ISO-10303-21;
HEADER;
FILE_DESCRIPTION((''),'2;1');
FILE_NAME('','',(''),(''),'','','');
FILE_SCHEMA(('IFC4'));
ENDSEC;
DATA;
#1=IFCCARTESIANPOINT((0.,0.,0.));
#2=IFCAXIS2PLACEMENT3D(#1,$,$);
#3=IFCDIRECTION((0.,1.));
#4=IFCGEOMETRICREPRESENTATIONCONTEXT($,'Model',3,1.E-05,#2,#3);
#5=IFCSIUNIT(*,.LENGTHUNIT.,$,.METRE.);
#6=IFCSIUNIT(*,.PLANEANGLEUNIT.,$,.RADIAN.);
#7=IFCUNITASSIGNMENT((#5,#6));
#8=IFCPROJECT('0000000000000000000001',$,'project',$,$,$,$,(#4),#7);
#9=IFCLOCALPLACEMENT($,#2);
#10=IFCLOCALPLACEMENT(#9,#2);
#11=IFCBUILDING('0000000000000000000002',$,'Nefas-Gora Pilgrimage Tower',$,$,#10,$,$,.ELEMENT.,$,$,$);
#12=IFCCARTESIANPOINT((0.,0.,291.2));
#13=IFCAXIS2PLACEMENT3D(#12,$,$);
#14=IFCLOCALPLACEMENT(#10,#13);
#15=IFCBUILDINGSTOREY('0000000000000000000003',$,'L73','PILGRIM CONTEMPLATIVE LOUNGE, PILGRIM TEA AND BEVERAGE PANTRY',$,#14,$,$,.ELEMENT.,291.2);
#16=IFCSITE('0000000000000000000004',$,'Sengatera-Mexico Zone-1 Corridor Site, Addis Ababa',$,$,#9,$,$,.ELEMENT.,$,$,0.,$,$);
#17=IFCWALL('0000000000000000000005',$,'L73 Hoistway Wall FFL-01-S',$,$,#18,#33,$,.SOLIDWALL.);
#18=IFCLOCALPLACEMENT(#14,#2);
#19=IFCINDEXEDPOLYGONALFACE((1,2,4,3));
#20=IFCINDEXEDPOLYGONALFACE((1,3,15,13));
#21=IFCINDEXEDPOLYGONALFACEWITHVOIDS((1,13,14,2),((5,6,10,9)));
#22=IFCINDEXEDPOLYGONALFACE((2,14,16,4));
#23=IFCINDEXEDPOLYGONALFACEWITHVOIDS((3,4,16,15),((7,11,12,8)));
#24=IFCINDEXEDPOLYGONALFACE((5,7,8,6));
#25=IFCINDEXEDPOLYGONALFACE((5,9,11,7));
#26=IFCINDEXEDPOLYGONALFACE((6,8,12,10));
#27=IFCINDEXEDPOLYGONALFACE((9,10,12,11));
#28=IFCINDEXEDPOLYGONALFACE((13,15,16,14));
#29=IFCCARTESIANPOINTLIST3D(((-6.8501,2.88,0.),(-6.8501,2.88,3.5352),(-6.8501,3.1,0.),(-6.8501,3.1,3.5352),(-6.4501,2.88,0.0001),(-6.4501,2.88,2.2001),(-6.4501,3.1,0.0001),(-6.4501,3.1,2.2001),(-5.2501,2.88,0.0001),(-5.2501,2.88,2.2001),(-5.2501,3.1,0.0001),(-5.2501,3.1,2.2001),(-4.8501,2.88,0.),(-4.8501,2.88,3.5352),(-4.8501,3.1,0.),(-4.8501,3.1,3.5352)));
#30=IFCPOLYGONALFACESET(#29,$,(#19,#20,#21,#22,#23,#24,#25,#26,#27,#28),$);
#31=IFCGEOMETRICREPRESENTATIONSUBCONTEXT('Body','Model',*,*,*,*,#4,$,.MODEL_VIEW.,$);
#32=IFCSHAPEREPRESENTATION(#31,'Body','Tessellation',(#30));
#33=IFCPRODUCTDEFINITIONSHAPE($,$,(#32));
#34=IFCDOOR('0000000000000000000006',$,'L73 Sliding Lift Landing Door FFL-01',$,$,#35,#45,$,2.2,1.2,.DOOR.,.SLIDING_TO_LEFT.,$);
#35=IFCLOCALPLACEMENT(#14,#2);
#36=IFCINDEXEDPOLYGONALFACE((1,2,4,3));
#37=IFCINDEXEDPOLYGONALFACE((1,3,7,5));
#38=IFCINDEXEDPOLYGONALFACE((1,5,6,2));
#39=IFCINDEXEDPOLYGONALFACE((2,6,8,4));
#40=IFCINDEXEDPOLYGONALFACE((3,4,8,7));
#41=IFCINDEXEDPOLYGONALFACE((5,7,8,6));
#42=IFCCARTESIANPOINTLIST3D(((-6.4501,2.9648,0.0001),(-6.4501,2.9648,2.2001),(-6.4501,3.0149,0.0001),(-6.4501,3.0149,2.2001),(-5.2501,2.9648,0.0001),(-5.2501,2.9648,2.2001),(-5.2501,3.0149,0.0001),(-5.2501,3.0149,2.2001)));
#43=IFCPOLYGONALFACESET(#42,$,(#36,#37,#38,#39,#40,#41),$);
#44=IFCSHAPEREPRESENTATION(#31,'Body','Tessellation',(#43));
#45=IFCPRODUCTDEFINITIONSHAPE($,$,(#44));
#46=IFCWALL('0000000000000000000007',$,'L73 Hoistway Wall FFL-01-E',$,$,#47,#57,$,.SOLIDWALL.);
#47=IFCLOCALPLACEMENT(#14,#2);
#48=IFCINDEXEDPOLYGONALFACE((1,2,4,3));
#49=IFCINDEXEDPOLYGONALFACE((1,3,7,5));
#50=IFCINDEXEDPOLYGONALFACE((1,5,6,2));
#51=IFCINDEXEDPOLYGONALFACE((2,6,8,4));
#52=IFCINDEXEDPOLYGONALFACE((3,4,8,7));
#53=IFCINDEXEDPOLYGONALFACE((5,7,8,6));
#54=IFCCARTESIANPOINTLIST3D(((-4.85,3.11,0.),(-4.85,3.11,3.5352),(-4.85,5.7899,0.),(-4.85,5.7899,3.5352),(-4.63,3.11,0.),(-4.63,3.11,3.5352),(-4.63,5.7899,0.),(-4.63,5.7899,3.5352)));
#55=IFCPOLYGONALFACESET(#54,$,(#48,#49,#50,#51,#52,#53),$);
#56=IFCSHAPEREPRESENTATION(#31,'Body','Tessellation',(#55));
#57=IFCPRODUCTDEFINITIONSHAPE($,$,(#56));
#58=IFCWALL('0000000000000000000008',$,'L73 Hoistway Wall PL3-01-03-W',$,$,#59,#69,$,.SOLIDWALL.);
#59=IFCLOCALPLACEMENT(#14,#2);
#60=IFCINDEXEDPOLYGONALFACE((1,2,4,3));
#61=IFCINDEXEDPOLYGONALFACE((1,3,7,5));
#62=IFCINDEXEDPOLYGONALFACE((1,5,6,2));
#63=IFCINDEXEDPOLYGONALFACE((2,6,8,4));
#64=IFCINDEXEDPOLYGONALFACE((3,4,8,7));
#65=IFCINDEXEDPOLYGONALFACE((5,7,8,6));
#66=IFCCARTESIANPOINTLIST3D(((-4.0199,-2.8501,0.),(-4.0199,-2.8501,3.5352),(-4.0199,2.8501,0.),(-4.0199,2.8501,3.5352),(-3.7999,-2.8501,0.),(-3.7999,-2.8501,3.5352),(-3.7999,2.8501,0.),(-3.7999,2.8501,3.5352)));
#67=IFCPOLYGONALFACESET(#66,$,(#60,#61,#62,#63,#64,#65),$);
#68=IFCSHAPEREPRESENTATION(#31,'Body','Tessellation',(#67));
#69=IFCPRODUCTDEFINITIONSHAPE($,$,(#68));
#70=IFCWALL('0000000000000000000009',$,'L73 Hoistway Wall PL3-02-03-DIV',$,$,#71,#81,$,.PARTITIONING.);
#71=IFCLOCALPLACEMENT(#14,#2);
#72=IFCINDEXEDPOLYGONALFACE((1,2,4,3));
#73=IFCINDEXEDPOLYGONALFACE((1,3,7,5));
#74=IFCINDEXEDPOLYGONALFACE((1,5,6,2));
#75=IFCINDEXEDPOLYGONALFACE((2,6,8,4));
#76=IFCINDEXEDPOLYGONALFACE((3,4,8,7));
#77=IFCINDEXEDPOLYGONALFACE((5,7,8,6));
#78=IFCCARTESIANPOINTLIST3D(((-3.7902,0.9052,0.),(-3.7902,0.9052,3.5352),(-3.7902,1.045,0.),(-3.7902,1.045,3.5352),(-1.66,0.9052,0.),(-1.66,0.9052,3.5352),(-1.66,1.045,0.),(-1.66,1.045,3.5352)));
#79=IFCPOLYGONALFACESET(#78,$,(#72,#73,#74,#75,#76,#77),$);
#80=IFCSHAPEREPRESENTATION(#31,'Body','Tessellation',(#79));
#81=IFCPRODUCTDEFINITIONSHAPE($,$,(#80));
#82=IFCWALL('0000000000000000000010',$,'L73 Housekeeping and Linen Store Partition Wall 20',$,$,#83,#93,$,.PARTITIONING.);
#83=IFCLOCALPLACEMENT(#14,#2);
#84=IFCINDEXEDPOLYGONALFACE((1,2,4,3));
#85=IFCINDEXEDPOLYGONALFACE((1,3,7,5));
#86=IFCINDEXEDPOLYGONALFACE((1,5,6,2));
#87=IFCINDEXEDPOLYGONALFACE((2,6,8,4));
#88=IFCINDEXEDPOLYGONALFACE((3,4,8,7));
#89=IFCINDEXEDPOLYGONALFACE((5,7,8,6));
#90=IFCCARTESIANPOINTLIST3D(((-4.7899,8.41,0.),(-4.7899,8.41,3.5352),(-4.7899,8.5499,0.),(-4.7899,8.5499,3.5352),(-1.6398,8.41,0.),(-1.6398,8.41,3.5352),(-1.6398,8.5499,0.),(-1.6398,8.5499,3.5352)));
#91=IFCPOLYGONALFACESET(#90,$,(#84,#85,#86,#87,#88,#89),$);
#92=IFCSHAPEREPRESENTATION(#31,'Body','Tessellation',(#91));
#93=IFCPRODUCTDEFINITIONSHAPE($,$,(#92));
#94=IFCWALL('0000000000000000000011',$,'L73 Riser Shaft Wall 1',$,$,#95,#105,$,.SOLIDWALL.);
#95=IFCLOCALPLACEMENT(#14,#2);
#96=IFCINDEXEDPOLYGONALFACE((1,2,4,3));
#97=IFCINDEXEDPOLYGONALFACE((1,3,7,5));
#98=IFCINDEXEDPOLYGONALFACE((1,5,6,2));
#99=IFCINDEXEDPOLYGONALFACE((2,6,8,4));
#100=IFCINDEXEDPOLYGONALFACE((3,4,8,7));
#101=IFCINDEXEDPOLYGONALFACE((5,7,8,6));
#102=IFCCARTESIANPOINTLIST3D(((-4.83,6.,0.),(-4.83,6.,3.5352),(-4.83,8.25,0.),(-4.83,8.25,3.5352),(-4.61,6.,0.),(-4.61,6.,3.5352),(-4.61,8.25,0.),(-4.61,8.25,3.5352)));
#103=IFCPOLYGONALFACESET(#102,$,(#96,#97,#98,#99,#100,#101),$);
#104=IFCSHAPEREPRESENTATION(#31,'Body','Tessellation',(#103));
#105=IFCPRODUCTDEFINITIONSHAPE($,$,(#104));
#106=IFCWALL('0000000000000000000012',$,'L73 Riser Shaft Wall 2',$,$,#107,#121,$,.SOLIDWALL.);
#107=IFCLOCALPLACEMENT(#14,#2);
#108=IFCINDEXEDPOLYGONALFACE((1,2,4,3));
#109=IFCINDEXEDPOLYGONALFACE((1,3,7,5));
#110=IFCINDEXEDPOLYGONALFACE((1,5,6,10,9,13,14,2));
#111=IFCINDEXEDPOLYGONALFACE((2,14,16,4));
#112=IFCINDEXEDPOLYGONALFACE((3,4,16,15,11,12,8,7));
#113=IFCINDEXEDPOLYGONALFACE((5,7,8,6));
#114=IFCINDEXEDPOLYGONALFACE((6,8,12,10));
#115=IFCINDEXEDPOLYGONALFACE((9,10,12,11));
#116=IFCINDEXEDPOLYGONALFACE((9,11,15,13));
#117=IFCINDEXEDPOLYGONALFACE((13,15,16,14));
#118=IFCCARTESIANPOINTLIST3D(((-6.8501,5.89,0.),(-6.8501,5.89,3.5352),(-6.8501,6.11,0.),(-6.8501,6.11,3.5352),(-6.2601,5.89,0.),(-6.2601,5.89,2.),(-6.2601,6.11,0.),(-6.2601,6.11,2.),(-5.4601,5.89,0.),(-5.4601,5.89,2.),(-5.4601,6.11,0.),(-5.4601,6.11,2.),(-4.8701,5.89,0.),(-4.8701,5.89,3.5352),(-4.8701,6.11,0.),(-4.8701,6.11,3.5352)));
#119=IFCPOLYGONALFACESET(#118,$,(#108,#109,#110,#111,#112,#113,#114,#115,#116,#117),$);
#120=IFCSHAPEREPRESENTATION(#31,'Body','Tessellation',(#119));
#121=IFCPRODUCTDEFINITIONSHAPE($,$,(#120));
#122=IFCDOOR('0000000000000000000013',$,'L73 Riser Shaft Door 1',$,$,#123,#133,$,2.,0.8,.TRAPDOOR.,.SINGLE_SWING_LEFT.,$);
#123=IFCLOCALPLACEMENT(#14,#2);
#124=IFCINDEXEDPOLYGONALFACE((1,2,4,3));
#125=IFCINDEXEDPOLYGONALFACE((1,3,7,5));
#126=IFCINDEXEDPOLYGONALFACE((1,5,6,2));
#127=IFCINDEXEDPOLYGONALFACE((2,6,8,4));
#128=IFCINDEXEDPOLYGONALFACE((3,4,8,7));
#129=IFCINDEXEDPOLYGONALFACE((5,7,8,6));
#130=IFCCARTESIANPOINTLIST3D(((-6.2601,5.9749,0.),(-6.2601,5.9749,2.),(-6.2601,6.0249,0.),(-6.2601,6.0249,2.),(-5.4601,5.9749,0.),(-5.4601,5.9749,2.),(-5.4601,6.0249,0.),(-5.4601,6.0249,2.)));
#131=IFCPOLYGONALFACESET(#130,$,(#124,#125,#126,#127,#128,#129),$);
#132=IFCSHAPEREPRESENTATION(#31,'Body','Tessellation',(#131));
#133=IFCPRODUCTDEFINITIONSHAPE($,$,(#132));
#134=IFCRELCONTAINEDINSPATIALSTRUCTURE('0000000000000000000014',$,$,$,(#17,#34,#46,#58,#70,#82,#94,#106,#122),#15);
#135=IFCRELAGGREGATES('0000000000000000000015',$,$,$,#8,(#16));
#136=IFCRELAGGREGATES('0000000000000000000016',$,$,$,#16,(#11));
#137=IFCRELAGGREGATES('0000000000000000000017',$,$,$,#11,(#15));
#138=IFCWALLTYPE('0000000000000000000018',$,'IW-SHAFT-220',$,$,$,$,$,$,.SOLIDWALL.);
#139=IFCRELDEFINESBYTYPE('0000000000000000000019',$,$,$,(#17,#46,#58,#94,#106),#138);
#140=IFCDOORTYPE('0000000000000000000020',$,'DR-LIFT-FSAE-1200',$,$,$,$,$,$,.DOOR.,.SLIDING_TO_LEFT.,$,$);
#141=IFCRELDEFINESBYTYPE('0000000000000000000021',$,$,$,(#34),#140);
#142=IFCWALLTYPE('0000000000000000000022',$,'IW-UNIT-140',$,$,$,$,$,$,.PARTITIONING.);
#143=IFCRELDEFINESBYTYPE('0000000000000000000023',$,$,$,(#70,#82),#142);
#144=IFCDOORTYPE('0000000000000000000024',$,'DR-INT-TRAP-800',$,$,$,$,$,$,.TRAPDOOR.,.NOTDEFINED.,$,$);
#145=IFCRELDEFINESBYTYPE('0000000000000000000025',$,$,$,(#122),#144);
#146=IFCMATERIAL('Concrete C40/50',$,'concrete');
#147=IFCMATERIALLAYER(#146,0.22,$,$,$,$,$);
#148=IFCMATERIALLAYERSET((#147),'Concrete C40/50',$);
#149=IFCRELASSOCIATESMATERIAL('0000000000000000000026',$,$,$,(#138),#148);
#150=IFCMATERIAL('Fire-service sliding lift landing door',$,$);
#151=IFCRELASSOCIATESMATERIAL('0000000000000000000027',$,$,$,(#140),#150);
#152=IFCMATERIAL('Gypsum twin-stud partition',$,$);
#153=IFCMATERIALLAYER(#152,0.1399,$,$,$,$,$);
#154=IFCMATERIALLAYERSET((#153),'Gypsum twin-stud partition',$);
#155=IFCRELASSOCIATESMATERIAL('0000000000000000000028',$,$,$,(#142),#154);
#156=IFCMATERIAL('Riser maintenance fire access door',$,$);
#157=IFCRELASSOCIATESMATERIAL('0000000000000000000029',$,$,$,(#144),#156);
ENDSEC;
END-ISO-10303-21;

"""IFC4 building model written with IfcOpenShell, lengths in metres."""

from ifc_helpers import new_model, si_unit, direction, frame, frame_2d, origin, place, context, subcontext, project, spatial, rectangle, extrude, source, transform, mapped, material, layer, layer_set, type_object, element, fill, save


model = new_model("IFC4")

# Units and contexts
model_context = context("Model", 3, precision=1e-05, world=origin(), true_north=direction((0.0, 1.0)))
body_context = subcontext(model_context, "Body", "Model", "MODEL_VIEW")
ifc_project = project(units=[si_unit("LENGTHUNIT", "METRE"), si_unit("PLANEANGLEUNIT", "RADIAN")], contexts=[model_context])

# Site, building, storey
site_placement = place(None, origin())
site = spatial("IfcSite", under=ifc_project, at=site_placement, Name="Sengatera-Mexico Zone-1 Corridor Site, Addis Ababa", CompositionType="ELEMENT", RefElevation=0.0)
building_placement = place(site_placement, origin())
building = spatial("IfcBuilding", under=site, at=building_placement, Name="Nefas-Gora Pilgrimage Tower", CompositionType="ELEMENT")
storey_placement = place(building_placement, frame((0.0, 0.0, 291.2)))
storey = spatial("IfcBuildingStorey", under=building, at=storey_placement, Name="L73", Description="PILGRIM CONTEMPLATIVE LOUNGE, PILGRIM TEA AND BEVERAGE PANTRY", CompositionType="ELEMENT", Elevation=291.2)

# Wall, opening, door
ifc_material_1 = material(Name="Concrete C40/50", Category="concrete")
ifc_layer_1 = layer(ifc_material_1, 0.22)
ifc_layer_set_1 = layer_set([ifc_layer_1], Name="Concrete C40/50")
wall_type_1 = type_object("IfcWallType", Name="IW-SHAFT-220", PredefinedType="SOLIDWALL", material=ifc_layer_set_1)
shared_shape_1 = source(origin(), body_context, "Body", "SweptSolid", [
    extrude(rectangle(XDim=2.0, YDim=0.22, at=frame_2d((1.0, 0.0))), origin(), (0.0, 0.0, 1.0), 3.5352),
])
wall_1_placement = place(storey_placement, frame((-6.8501, 2.99, 0.0), z_axis=(0.0, 0.0, 1.0), x_axis=(1.0, 0.0, 0.0)))
wall_1 = element("IfcWall", 1, at=wall_1_placement, inside=storey, type_object=wall_type_1, Name="L73 Hoistway Wall FFL-01-S", PredefinedType="SOLIDWALL", context=body_context, shape_type="MappedRepresentation", body=[
    mapped(shared_shape_1, transform((0.0, 0.0, 0.0), x_axis=(1.0, 0.0, 0.0), y_axis=(0.0, 1.0, 0.0), z_axis=(0.0, 0.0, 1.0), scale=1.0)),
])
opening_1_placement = place(wall_1_placement, frame((0.3999, 0.0, 0.0)))
opening_1 = element("IfcOpeningElement", 2, at=opening_1_placement, cuts=wall_1, PredefinedType="OPENING", context=body_context, shape_type="SweptSolid", body=[
    extrude(rectangle(XDim=1.2, YDim=2.2, at=frame_2d((0.6001, 1.1001))), frame((0.0, 0.1199, 0.0), z_axis=(0.0, -1.0, 0.0), x_axis=(1.0, 0.0, 0.0)), (0.0, 0.0, 1.0), 0.24),
])
ifc_material_2 = material(Name="Fire-service sliding lift landing door")
door_type_1 = type_object("IfcDoorType", Name="DR-LIFT-FSAE-1200", OperationType="SLIDING_TO_LEFT", PredefinedType="DOOR", material=ifc_material_2)
shared_shape_2 = source(origin(), body_context, "Body", "SweptSolid", [
    extrude(rectangle(XDim=1.2, YDim=2.2, at=frame_2d((0.6001, 1.1001))), frame((0.0, 0.0249, 0.0), z_axis=(0.0, -1.0, 0.0), x_axis=(1.0, 0.0, 0.0)), (0.0, 0.0, 1.0), 0.05),
])
door_1_placement = place(opening_1_placement, origin())
door_1 = element("IfcDoor", 3, at=door_1_placement, inside=storey, type_object=door_type_1, Name="L73 Sliding Lift Landing Door FFL-01", OperationType="SLIDING_TO_LEFT", OverallHeight=2.2, OverallWidth=1.2, PredefinedType="DOOR", context=body_context, shape_type="MappedRepresentation", body=[
    mapped(shared_shape_2, transform((0.0, 0.0, 0.0), x_axis=(1.0, 0.0, 0.0), y_axis=(0.0, 1.0, 0.0), z_axis=(0.0, 0.0, 1.0), scale=1.0)),
])
fill(opening_1, door_1)

# Walls
shared_shape_3 = source(origin(), body_context, "Body", "SweptSolid", [
    extrude(rectangle(XDim=2.6799, YDim=0.22, at=frame_2d((1.3398, 0.0))), origin(), (0.0, 0.0, 1.0), 3.5352),
])
wall_2_placement = place(storey_placement, frame((-4.74, 3.1101, 0.0), z_axis=(0.0, 0.0, 1.0), x_axis=(0.0, 1.0, 0.0)))
element("IfcWall", 4, at=wall_2_placement, inside=storey, type_object=wall_type_1, Name="L73 Hoistway Wall FFL-01-E", PredefinedType="SOLIDWALL", context=body_context, shape_type="MappedRepresentation", body=[
    mapped(shared_shape_3, transform((0.0, 0.0, 0.0), x_axis=(1.0, 0.0, 0.0), y_axis=(0.0, 1.0, 0.0), z_axis=(0.0, 0.0, 1.0), scale=1.0)),
])
shared_shape_4 = source(origin(), body_context, "Body", "SweptSolid", [
    extrude(rectangle(XDim=5.7002, YDim=0.22, at=frame_2d((2.8501, 0.0))), origin(), (0.0, 0.0, 1.0), 3.5352),
])
wall_3_placement = place(storey_placement, frame((-3.9099, 2.8501, 0.0), z_axis=(0.0, 0.0, 1.0), x_axis=(0.0, -1.0, 0.0)))
element("IfcWall", 5, at=wall_3_placement, inside=storey, type_object=wall_type_1, Name="L73 Hoistway Wall PL3-01-03-W", PredefinedType="SOLIDWALL", context=body_context, shape_type="MappedRepresentation", body=[
    mapped(shared_shape_4, transform((0.0, 0.0, 0.0), x_axis=(1.0, 0.0, 0.0), y_axis=(0.0, 1.0, 0.0), z_axis=(0.0, 0.0, 1.0), scale=1.0)),
])
ifc_material_3 = material(Name="Gypsum twin-stud partition")
ifc_layer_2 = layer(ifc_material_3, 0.1399)
ifc_layer_set_2 = layer_set([ifc_layer_2], Name="Gypsum twin-stud partition")
wall_type_2 = type_object("IfcWallType", Name="IW-UNIT-140", PredefinedType="PARTITIONING", material=ifc_layer_set_2)
shared_shape_5 = source(origin(), body_context, "Body", "SweptSolid", [
    extrude(rectangle(XDim=2.1301, YDim=0.1399, at=frame_2d((1.0649, 0.0))), origin(), (0.0, 0.0, 1.0), 3.5352),
])
wall_4_placement = place(storey_placement, frame((-3.79, 0.9751, 0.0), z_axis=(0.0, 0.0, 1.0), x_axis=(1.0, 0.0, 0.0)))
element("IfcWall", 6, at=wall_4_placement, inside=storey, type_object=wall_type_2, Name="L73 Hoistway Wall PL3-02-03-DIV", PredefinedType="PARTITIONING", context=body_context, shape_type="MappedRepresentation", body=[
    mapped(shared_shape_5, transform((0.0, 0.0, 0.0), x_axis=(1.0, 0.0, 0.0), y_axis=(0.0, 1.0, 0.0), z_axis=(0.0, 0.0, 1.0), scale=1.0)),
])
shared_shape_6 = source(origin(), body_context, "Body", "SweptSolid", [
    extrude(rectangle(XDim=3.1501, YDim=0.1399, at=frame_2d((1.5752, 0.0))), origin(), (0.0, 0.0, 1.0), 3.5352),
])
wall_5_placement = place(storey_placement, frame((-4.79, 8.48, 0.0), z_axis=(0.0, 0.0, 1.0), x_axis=(1.0, 0.0, 0.0)))
element("IfcWall", 7, at=wall_5_placement, inside=storey, type_object=wall_type_2, Name="L73 Housekeeping and Linen Store Partition Wall 20", PredefinedType="PARTITIONING", context=body_context, shape_type="MappedRepresentation", body=[
    mapped(shared_shape_6, transform((0.0, 0.0, 0.0), x_axis=(1.0, 0.0, 0.0), y_axis=(0.0, 1.0, 0.0), z_axis=(0.0, 0.0, 1.0), scale=1.0)),
])
shared_shape_7 = source(origin(), body_context, "Body", "SweptSolid", [
    extrude(rectangle(XDim=2.25, YDim=0.22, at=frame_2d((1.125, 0.0))), origin(), (0.0, 0.0, 1.0), 3.5352),
])
wall_6_placement = place(storey_placement, frame((-4.72, 6.0, 0.0), z_axis=(0.0, 0.0, 1.0), x_axis=(0.0, 1.0, 0.0)))
element("IfcWall", 8, at=wall_6_placement, inside=storey, type_object=wall_type_1, Name="L73 Riser Shaft Wall 1", PredefinedType="SOLIDWALL", context=body_context, shape_type="MappedRepresentation", body=[
    mapped(shared_shape_7, transform((0.0, 0.0, 0.0), x_axis=(1.0, 0.0, 0.0), y_axis=(0.0, 1.0, 0.0), z_axis=(0.0, 0.0, 1.0), scale=1.0)),
])

# Wall, opening, door
shared_shape_8 = source(origin(), body_context, "Body", "SweptSolid", [
    extrude(rectangle(XDim=1.98, YDim=0.22, at=frame_2d((0.99, 0.0))), origin(), (0.0, 0.0, 1.0), 3.5352),
])
wall_7_placement = place(storey_placement, frame((-6.8501, 6.0, 0.0), z_axis=(0.0, 0.0, 1.0), x_axis=(1.0, 0.0, 0.0)))
wall_7 = element("IfcWall", 9, at=wall_7_placement, inside=storey, type_object=wall_type_1, Name="L73 Riser Shaft Wall 2", PredefinedType="SOLIDWALL", context=body_context, shape_type="MappedRepresentation", body=[
    mapped(shared_shape_8, transform((0.0, 0.0, 0.0), x_axis=(1.0, 0.0, 0.0), y_axis=(0.0, 1.0, 0.0), z_axis=(0.0, 0.0, 1.0), scale=1.0)),
])
opening_2_placement = place(wall_7_placement, frame((0.5901, 0.0, 0.0)))
opening_2 = element("IfcOpeningElement", 10, at=opening_2_placement, cuts=wall_7, PredefinedType="OPENING", context=body_context, shape_type="SweptSolid", body=[
    extrude(rectangle(XDim=0.8, YDim=2.0, at=frame_2d((0.3999, 1.0))), frame((0.0, 0.1199, 0.0), z_axis=(0.0, -1.0, 0.0), x_axis=(1.0, 0.0, 0.0)), (0.0, 0.0, 1.0), 0.24),
])
ifc_material_4 = material(Name="Riser maintenance fire access door")
door_type_2 = type_object("IfcDoorType", Name="DR-INT-TRAP-800", OperationType="NOTDEFINED", PredefinedType="TRAPDOOR", material=ifc_material_4)
shared_shape_9 = source(origin(), body_context, "Body", "SweptSolid", [
    extrude(rectangle(XDim=0.8, YDim=2.0, at=frame_2d((0.3999, 1.0))), frame((0.0, 0.0249, 0.0), z_axis=(0.0, -1.0, 0.0), x_axis=(1.0, 0.0, 0.0)), (0.0, 0.0, 1.0), 0.05),
])
door_2_placement = place(opening_2_placement, origin())
door_2 = element("IfcDoor", 11, at=door_2_placement, inside=storey, type_object=door_type_2, Name="L73 Riser Shaft Door 1", OperationType="SINGLE_SWING_LEFT", OverallHeight=2.0, OverallWidth=0.8, PredefinedType="TRAPDOOR", context=body_context, shape_type="MappedRepresentation", body=[
    mapped(shared_shape_9, transform((0.0, 0.0, 0.0), x_axis=(1.0, 0.0, 0.0), y_axis=(0.0, 1.0, 0.0), z_axis=(0.0, 0.0, 1.0), scale=1.0)),
])
fill(opening_2, door_2)

save(model, "model.ifc")
